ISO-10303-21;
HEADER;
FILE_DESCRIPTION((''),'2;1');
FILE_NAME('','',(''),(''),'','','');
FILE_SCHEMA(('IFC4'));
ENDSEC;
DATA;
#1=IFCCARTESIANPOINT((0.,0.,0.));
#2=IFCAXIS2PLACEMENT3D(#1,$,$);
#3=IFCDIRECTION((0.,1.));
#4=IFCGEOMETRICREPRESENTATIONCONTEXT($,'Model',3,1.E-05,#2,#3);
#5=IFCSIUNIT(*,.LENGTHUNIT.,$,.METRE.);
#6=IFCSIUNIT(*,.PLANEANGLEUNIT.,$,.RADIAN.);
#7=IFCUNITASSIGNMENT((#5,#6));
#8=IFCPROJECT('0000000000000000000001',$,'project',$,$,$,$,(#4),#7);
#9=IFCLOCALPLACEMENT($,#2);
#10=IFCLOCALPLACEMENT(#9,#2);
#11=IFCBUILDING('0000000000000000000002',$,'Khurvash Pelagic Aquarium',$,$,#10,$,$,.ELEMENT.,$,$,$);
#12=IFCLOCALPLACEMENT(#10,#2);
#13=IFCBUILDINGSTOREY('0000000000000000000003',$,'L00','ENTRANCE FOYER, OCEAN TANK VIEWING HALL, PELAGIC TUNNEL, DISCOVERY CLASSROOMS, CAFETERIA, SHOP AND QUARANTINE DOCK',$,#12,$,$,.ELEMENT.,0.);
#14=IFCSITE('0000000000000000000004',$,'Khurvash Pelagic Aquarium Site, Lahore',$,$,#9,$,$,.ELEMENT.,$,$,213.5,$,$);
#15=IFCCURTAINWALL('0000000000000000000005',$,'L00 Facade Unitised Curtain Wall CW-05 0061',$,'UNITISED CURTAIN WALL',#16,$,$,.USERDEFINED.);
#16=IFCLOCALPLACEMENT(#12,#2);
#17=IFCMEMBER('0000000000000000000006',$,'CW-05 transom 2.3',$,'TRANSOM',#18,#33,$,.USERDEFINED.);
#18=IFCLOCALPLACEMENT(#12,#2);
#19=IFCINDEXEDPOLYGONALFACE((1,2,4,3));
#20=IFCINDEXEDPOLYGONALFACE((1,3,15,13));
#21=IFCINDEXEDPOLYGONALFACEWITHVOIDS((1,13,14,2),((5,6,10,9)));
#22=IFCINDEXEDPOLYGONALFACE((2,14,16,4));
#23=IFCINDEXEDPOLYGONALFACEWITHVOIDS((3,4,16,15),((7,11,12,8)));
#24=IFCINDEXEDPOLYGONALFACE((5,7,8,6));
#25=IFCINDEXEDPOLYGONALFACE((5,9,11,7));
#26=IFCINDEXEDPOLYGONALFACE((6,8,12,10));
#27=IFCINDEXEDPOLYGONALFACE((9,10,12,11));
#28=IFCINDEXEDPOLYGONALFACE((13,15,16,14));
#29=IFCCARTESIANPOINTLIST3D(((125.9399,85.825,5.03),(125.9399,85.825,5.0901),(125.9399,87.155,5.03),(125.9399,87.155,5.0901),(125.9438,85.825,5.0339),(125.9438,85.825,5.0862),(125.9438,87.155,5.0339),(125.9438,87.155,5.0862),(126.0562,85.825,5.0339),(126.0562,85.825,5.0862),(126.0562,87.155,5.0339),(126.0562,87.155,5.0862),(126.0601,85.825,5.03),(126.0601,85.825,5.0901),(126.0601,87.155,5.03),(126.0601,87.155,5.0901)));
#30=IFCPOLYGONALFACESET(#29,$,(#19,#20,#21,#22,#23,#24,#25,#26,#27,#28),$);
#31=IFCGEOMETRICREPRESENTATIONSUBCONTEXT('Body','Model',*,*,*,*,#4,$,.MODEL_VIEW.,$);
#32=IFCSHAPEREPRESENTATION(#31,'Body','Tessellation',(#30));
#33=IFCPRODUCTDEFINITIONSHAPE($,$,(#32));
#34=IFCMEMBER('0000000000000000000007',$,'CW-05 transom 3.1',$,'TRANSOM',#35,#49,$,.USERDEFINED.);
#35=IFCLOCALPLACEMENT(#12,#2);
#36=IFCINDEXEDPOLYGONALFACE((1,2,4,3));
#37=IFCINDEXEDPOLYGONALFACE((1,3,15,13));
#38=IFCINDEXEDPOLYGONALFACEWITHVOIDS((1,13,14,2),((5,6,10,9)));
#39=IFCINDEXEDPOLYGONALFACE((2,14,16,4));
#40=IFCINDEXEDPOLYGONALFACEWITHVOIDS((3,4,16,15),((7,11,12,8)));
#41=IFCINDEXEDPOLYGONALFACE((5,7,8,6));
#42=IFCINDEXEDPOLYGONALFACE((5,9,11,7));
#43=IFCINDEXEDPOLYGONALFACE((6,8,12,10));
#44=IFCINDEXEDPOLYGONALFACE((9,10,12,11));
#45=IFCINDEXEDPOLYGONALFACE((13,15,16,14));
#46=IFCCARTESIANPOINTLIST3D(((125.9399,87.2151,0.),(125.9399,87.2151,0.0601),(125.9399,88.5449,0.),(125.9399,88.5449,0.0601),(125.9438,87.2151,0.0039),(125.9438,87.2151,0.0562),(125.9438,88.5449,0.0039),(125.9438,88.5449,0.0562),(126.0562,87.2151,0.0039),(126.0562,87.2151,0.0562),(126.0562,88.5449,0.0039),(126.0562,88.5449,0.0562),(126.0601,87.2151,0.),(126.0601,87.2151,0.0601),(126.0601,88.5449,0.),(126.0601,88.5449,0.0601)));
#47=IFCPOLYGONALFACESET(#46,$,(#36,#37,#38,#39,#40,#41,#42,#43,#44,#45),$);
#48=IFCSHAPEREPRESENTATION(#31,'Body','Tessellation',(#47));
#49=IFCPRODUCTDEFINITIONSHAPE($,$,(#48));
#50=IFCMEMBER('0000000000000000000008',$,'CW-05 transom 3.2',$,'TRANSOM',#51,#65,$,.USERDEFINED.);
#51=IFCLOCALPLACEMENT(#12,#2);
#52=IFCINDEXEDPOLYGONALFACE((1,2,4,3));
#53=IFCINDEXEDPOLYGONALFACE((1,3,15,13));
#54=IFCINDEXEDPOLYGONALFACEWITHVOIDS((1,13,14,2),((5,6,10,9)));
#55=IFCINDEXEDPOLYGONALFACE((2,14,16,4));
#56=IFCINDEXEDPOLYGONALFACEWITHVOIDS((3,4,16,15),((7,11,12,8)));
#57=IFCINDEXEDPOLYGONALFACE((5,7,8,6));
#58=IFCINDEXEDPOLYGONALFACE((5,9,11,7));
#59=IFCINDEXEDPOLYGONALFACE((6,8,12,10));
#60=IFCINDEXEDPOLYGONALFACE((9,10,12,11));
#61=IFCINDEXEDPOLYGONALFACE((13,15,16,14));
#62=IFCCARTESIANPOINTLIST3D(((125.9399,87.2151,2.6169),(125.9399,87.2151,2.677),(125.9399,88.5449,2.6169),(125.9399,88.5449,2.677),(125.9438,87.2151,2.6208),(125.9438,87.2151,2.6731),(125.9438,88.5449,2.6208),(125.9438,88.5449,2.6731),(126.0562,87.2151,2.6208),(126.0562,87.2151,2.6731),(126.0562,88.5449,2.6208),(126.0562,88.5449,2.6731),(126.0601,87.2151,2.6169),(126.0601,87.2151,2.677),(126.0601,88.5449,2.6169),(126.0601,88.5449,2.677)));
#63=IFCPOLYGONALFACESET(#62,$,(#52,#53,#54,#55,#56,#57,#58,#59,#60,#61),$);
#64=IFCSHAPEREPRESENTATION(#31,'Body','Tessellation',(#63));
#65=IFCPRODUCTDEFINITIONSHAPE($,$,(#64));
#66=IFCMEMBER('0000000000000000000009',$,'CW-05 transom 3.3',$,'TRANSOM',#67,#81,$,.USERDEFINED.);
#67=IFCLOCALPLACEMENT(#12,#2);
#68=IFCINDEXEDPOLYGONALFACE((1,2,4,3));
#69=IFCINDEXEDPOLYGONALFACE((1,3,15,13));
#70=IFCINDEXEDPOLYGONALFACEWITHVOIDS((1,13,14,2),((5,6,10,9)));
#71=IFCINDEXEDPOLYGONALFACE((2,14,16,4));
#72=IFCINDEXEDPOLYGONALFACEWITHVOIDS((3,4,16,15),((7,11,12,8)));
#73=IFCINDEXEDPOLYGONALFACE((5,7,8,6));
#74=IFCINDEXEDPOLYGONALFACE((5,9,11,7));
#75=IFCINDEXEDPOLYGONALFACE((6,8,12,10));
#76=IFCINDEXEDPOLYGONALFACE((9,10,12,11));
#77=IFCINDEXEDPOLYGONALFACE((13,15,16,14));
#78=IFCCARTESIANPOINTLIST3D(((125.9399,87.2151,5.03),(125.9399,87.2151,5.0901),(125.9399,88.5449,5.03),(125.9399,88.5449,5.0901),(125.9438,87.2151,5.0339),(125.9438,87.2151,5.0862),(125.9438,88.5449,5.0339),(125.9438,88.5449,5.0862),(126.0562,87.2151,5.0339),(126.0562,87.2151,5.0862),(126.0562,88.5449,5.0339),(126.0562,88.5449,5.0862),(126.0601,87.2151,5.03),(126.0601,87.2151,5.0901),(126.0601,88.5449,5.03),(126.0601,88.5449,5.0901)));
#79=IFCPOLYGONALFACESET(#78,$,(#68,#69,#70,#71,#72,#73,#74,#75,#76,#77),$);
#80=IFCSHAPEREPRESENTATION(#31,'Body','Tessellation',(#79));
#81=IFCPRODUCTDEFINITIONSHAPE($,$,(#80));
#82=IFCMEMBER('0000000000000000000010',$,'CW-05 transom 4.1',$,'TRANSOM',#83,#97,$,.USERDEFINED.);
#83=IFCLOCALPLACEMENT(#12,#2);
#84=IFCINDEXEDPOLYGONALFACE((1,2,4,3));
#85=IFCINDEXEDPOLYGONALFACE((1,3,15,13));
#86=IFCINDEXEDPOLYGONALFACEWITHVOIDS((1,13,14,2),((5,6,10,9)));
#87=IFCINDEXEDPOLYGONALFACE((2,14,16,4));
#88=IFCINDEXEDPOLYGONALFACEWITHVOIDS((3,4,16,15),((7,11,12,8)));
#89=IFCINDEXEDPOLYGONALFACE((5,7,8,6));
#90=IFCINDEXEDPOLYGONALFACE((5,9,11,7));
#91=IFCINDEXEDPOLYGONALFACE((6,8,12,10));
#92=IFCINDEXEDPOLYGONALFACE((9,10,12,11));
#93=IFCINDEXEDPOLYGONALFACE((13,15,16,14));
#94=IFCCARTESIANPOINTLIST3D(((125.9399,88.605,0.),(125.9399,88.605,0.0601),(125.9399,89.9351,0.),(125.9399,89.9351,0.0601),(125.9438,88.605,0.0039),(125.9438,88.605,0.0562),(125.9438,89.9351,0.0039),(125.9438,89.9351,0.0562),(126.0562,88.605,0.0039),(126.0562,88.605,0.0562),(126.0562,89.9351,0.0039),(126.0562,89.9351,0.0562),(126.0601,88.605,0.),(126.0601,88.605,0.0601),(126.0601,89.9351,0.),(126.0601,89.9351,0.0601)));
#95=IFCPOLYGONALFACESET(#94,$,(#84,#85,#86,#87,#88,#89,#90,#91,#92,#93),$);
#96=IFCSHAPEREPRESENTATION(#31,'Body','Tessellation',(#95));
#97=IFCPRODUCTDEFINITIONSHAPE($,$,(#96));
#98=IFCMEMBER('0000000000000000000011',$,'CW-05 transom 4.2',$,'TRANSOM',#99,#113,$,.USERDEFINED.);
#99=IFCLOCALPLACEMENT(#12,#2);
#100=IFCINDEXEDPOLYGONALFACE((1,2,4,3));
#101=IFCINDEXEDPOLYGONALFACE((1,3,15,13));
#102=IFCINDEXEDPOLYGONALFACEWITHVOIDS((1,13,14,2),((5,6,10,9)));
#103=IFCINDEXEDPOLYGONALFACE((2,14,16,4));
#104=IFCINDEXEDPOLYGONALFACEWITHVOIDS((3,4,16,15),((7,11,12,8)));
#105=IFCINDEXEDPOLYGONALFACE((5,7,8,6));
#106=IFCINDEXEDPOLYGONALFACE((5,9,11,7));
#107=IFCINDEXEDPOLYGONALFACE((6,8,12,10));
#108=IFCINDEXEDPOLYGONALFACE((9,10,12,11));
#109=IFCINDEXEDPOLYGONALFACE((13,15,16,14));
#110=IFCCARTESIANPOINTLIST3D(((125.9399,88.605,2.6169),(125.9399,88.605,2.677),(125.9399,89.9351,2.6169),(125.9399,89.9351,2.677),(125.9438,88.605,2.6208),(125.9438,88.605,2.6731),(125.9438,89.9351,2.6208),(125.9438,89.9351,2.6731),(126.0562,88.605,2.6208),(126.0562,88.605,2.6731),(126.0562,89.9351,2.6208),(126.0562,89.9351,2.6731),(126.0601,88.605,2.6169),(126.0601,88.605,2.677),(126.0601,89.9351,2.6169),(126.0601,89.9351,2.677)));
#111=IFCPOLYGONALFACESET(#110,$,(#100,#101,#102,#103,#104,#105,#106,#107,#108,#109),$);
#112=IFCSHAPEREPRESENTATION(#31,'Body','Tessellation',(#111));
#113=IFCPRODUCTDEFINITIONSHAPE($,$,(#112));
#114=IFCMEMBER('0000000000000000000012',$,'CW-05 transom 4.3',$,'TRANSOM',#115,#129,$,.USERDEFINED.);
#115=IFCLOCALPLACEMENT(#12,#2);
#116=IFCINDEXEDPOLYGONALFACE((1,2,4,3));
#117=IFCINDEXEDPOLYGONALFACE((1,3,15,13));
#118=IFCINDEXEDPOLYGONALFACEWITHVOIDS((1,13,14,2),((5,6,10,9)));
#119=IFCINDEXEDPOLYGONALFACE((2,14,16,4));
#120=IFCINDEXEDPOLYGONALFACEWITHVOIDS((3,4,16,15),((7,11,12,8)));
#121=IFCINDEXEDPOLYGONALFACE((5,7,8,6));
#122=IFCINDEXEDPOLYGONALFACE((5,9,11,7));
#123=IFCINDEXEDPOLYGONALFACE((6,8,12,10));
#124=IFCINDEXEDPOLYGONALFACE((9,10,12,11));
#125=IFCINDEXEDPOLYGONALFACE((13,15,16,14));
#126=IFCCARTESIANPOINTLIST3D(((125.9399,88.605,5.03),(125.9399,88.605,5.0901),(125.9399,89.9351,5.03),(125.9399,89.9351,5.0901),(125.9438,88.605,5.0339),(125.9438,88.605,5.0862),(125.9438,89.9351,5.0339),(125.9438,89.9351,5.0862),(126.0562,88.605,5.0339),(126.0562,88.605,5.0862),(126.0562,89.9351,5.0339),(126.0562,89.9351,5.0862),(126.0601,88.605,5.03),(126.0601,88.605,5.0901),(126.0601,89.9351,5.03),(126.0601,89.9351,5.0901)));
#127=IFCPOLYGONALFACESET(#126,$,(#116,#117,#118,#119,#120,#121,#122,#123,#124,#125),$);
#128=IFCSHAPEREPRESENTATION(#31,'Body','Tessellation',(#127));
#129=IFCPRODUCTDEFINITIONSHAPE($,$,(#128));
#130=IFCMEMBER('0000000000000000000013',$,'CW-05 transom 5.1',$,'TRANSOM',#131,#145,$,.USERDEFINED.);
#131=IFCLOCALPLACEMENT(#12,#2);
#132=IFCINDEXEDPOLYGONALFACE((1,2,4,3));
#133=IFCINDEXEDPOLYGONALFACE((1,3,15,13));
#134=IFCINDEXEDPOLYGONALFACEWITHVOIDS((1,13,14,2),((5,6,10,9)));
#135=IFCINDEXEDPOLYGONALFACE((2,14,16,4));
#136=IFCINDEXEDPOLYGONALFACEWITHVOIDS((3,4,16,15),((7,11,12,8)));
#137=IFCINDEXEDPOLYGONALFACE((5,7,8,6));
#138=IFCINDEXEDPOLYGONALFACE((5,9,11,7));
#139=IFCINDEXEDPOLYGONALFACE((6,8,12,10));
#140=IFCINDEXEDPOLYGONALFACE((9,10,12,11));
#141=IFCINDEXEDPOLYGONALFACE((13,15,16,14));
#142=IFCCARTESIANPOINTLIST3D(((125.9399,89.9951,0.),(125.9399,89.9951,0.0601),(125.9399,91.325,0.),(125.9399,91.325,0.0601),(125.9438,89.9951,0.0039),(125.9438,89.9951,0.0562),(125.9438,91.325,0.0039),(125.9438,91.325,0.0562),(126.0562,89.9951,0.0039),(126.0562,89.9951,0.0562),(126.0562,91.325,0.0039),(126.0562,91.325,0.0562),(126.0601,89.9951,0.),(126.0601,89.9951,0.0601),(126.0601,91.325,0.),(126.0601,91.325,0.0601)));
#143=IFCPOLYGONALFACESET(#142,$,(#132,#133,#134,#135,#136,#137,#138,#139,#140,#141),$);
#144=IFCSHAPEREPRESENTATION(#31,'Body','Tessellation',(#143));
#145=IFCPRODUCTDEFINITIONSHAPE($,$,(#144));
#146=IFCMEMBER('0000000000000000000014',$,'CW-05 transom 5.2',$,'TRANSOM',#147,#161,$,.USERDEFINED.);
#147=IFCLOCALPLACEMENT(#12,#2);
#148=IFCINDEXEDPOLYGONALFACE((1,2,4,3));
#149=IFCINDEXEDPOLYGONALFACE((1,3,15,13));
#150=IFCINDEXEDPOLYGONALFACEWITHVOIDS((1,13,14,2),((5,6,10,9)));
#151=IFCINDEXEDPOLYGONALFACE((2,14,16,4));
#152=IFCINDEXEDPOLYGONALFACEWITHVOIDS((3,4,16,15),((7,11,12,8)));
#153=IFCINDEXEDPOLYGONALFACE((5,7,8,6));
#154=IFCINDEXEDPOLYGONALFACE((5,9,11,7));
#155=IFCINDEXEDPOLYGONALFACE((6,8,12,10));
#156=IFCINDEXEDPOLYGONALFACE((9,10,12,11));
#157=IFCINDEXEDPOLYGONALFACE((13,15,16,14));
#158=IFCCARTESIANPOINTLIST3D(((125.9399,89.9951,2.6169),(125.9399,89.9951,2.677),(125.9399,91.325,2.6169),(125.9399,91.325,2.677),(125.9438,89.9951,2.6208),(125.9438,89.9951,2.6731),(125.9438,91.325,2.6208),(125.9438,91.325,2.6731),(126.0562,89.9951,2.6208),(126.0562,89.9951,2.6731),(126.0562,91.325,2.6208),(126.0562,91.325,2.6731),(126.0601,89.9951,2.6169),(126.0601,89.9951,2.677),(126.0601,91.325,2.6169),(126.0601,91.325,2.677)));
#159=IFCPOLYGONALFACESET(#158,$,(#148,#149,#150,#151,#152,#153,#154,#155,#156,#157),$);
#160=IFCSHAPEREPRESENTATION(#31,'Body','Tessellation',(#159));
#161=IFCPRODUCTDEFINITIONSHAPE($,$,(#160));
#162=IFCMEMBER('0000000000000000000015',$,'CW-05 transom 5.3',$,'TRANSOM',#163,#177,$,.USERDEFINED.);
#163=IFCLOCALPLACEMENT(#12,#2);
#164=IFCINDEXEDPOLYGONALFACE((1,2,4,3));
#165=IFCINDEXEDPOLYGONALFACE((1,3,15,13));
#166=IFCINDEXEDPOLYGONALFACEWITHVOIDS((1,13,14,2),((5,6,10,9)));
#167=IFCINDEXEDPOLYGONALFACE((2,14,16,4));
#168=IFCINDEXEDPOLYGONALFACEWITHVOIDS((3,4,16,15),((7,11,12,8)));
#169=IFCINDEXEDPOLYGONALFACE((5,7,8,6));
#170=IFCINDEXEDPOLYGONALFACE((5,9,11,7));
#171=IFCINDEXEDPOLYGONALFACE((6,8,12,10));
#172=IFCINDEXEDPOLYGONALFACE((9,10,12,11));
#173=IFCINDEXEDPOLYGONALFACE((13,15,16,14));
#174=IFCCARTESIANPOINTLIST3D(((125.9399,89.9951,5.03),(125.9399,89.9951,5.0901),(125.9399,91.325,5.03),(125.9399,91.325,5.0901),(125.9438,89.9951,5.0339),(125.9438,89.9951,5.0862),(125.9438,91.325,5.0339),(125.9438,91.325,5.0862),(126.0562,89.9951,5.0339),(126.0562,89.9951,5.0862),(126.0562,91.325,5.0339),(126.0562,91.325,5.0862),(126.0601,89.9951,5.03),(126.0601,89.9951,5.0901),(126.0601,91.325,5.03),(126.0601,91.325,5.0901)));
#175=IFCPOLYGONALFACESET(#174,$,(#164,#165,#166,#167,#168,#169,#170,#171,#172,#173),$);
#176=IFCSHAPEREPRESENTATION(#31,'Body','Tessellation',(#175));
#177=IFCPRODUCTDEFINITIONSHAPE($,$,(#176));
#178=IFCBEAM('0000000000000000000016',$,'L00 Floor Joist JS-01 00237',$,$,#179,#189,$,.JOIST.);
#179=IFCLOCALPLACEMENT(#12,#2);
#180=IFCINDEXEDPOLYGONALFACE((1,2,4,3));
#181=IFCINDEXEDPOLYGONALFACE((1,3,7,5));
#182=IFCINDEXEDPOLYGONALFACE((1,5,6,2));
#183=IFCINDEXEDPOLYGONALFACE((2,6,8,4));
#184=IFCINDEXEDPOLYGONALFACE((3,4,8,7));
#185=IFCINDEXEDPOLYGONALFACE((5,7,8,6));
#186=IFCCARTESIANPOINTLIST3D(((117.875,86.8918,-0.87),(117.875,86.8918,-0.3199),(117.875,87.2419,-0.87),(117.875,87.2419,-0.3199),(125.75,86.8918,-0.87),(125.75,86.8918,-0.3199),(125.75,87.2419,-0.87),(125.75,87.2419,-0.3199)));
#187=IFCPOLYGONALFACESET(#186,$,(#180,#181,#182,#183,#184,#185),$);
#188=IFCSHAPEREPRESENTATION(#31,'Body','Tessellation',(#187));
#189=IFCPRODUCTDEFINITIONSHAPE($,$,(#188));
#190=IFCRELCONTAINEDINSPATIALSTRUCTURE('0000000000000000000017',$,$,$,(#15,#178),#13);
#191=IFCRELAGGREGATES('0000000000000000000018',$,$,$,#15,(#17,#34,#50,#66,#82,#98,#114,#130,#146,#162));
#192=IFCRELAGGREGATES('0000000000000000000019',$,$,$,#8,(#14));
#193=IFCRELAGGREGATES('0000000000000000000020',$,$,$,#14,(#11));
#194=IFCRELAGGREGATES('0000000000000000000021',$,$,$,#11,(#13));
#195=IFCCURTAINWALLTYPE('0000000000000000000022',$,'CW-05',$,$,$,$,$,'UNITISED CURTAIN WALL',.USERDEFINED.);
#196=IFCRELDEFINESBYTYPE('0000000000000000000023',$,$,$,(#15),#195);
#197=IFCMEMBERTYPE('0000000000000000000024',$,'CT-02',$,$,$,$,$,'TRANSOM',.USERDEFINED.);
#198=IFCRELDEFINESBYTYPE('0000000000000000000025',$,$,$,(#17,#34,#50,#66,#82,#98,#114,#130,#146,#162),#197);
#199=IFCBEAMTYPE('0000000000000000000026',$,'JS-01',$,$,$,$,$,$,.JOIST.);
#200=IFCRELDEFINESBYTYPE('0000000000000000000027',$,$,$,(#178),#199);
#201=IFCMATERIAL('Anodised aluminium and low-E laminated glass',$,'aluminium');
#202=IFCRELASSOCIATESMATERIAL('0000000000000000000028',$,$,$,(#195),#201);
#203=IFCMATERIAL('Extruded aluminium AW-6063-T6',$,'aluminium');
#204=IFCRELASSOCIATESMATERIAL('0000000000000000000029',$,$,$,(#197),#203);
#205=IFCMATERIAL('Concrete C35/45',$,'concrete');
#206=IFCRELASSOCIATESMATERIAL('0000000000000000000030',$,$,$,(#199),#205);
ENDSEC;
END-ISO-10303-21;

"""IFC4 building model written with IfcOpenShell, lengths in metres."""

from ifc_helpers import new_model, si_unit, direction, frame, origin, origin_2d, place, context, subcontext, project, spatial, rectangle, hollow_rectangle, extrude, material, material_profile, profile_set, type_object, element, aggregate, save


model = new_model("IFC4")

# Units and contexts
model_context = context("Model", 3, precision=1e-05, world=origin(), true_north=direction((0.0, 1.0)))
body_context = subcontext(model_context, "Body", "Model", "MODEL_VIEW")
ifc_project = project(units=[si_unit("LENGTHUNIT", "METRE"), si_unit("PLANEANGLEUNIT", "RADIAN")], contexts=[model_context])

# Site, building, storey
site_placement = place(None, origin())
site = spatial("IfcSite", under=ifc_project, at=site_placement, Name="Khurvash Pelagic Aquarium Site, Lahore", CompositionType="ELEMENT", RefElevation=213.5)
building_placement = place(site_placement, origin())
building = spatial("IfcBuilding", under=site, at=building_placement, Name="Khurvash Pelagic Aquarium", CompositionType="ELEMENT")
storey_placement = place(building_placement, origin())
storey = spatial("IfcBuildingStorey", under=building, at=storey_placement, Name="L00", Description="ENTRANCE FOYER, OCEAN TANK VIEWING HALL, PELAGIC TUNNEL, DISCOVERY CLASSROOMS, CAFETERIA, SHOP AND QUARANTINE DOCK", CompositionType="ELEMENT", Elevation=0.0)

# Curtain wall, members
ifc_material_1 = material(Name="Anodised aluminium and low-E laminated glass", Category="aluminium")
curtain_wall_type = type_object("IfcCurtainWallType", Name="CW-05", ElementType="UNITISED CURTAIN WALL", PredefinedType="USERDEFINED", material=ifc_material_1)
curtain_wall_placement = place(storey_placement, origin())
curtain_wall = element("IfcCurtainWall", 1, at=curtain_wall_placement, inside=storey, type_object=curtain_wall_type, Name="L00 Facade Unitised Curtain Wall CW-05 0061", ObjectType="UNITISED CURTAIN WALL", PredefinedType="USERDEFINED")
ifc_material_2 = material(Name="Extruded aluminium AW-6063-T6", Category="aluminium")
ifc_material_profile_1 = material_profile(ifc_material_2, hollow_rectangle(XDim=0.1201, YDim=0.0601, WallThickness=0.0039, at=origin_2d()), Name="CWT120X60X4")
ifc_profile_set_1 = profile_set([ifc_material_profile_1], Name="Extruded aluminium AW-6063-T6")
member_type_1 = type_object("IfcMemberType", Name="CT-02", ElementType="TRANSOM", PredefinedType="USERDEFINED", material=ifc_profile_set_1)
member_1_placement = place(storey_placement, frame((126.0, 85.825, 5.0601), z_axis=(0.0, 1.0, 0.0), x_axis=(-1.0, 0.0, 0.0)))
member_1 = element("IfcMember", 2, at=member_1_placement, type_object=member_type_1, Name="CW-05 transom 2.3", ObjectType="TRANSOM", PredefinedType="USERDEFINED", context=body_context, shape_type="SweptSolid", body=[
    extrude(hollow_rectangle(XDim=0.1201, YDim=0.0601, WallThickness=0.0039, at=origin_2d()), origin(), (0.0, 0.0, 1.0), 1.3301),
])
member_2_placement = place(storey_placement, frame((126.0, 87.2151, 0.03), z_axis=(0.0, 1.0, 0.0), x_axis=(-1.0, 0.0, 0.0)))
member_2 = element("IfcMember", 3, at=member_2_placement, type_object=member_type_1, Name="CW-05 transom 3.1", ObjectType="TRANSOM", PredefinedType="USERDEFINED", context=body_context, shape_type="SweptSolid", body=[
    extrude(hollow_rectangle(XDim=0.1201, YDim=0.0601, WallThickness=0.0039, at=origin_2d()), origin(), (0.0, 0.0, 1.0), 1.3298),
])
member_3_placement = place(storey_placement, frame((126.0, 87.2151, 2.647), z_axis=(0.0, 1.0, 0.0), x_axis=(-1.0, 0.0, 0.0)))
member_3 = element("IfcMember", 4, at=member_3_placement, type_object=member_type_1, Name="CW-05 transom 3.2", ObjectType="TRANSOM", PredefinedType="USERDEFINED", context=body_context, shape_type="SweptSolid", body=[
    extrude(hollow_rectangle(XDim=0.1201, YDim=0.0601, WallThickness=0.0039, at=origin_2d()), origin(), (0.0, 0.0, 1.0), 1.3298),
])
member_4_placement = place(storey_placement, frame((126.0, 87.2151, 5.0601), z_axis=(0.0, 1.0, 0.0), x_axis=(-1.0, 0.0, 0.0)))
member_4 = element("IfcMember", 5, at=member_4_placement, type_object=member_type_1, Name="CW-05 transom 3.3", ObjectType="TRANSOM", PredefinedType="USERDEFINED", context=body_context, shape_type="SweptSolid", body=[
    extrude(hollow_rectangle(XDim=0.1201, YDim=0.0601, WallThickness=0.0039, at=origin_2d()), origin(), (0.0, 0.0, 1.0), 1.3298),
])
member_5_placement = place(storey_placement, frame((126.0, 88.605, 0.03), z_axis=(0.0, 1.0, 0.0), x_axis=(-1.0, 0.0, 0.0)))
member_5 = element("IfcMember", 6, at=member_5_placement, type_object=member_type_1, Name="CW-05 transom 4.1", ObjectType="TRANSOM", PredefinedType="USERDEFINED", context=body_context, shape_type="SweptSolid", body=[
    extrude(hollow_rectangle(XDim=0.1201, YDim=0.0601, WallThickness=0.0039, at=origin_2d()), origin(), (0.0, 0.0, 1.0), 1.3301),
])
member_6_placement = place(storey_placement, frame((126.0, 88.605, 2.647), z_axis=(0.0, 1.0, 0.0), x_axis=(-1.0, 0.0, 0.0)))
member_6 = element("IfcMember", 7, at=member_6_placement, type_object=member_type_1, Name="CW-05 transom 4.2", ObjectType="TRANSOM", PredefinedType="USERDEFINED", context=body_context, shape_type="SweptSolid", body=[
    extrude(hollow_rectangle(XDim=0.1201, YDim=0.0601, WallThickness=0.0039, at=origin_2d()), origin(), (0.0, 0.0, 1.0), 1.3301),
])
member_7_placement = place(storey_placement, frame((126.0, 88.605, 5.0601), z_axis=(0.0, 1.0, 0.0), x_axis=(-1.0, 0.0, 0.0)))
member_7 = element("IfcMember", 8, at=member_7_placement, type_object=member_type_1, Name="CW-05 transom 4.3", ObjectType="TRANSOM", PredefinedType="USERDEFINED", context=body_context, shape_type="SweptSolid", body=[
    extrude(hollow_rectangle(XDim=0.1201, YDim=0.0601, WallThickness=0.0039, at=origin_2d()), origin(), (0.0, 0.0, 1.0), 1.3301),
])
member_8_placement = place(storey_placement, frame((126.0, 89.9951, 0.03), z_axis=(0.0, 1.0, 0.0), x_axis=(-1.0, 0.0, 0.0)))
member_8 = element("IfcMember", 9, at=member_8_placement, type_object=member_type_1, Name="CW-05 transom 5.1", ObjectType="TRANSOM", PredefinedType="USERDEFINED", context=body_context, shape_type="SweptSolid", body=[
    extrude(hollow_rectangle(XDim=0.1201, YDim=0.0601, WallThickness=0.0039, at=origin_2d()), origin(), (0.0, 0.0, 1.0), 1.3298),
])
member_9_placement = place(storey_placement, frame((126.0, 89.9951, 2.647), z_axis=(0.0, 1.0, 0.0), x_axis=(-1.0, 0.0, 0.0)))
member_9 = element("IfcMember", 10, at=member_9_placement, type_object=member_type_1, Name="CW-05 transom 5.2", ObjectType="TRANSOM", PredefinedType="USERDEFINED", context=body_context, shape_type="SweptSolid", body=[
    extrude(hollow_rectangle(XDim=0.1201, YDim=0.0601, WallThickness=0.0039, at=origin_2d()), origin(), (0.0, 0.0, 1.0), 1.3298),
])
member_10_placement = place(storey_placement, frame((126.0, 89.9951, 5.0601), z_axis=(0.0, 1.0, 0.0), x_axis=(-1.0, 0.0, 0.0)))
member_10 = element("IfcMember", 11, at=member_10_placement, type_object=member_type_1, Name="CW-05 transom 5.3", ObjectType="TRANSOM", PredefinedType="USERDEFINED", context=body_context, shape_type="SweptSolid", body=[
    extrude(hollow_rectangle(XDim=0.1201, YDim=0.0601, WallThickness=0.0039, at=origin_2d()), origin(), (0.0, 0.0, 1.0), 1.3298),
])

# Beam
ifc_material_3 = material(Name="Concrete C35/45", Category="concrete")
ifc_material_profile_2 = material_profile(ifc_material_3, rectangle(XDim=0.3501, YDim=0.55, at=origin_2d()), Name="RC350X550")
ifc_profile_set_2 = profile_set([ifc_material_profile_2], Name="Concrete C35/45")
beam_type_1 = type_object("IfcBeamType", Name="JS-01", PredefinedType="JOIST", material=ifc_profile_set_2)
for number, where, z_axis, x_axis, name in (
    (12, (117.875, 87.0669, -0.595), (1.0, 0.0, 0.0), (0.0, 1.0, 0.0), "L00 Floor Joist JS-01 00237"),
):
    element("IfcBeam", number, at=place(storey_placement, frame(where, z_axis=z_axis, x_axis=x_axis)), inside=storey, type_object=beam_type_1, Name=name, PredefinedType="JOIST", context=body_context, shape_type="SweptSolid", body=[
        extrude(rectangle(XDim=0.3501, YDim=0.55, at=origin_2d()), origin(), (0.0, 0.0, 1.0), 7.875),
    ])

aggregate(curtain_wall, [member_1, member_2, member_3, member_4, member_5, member_6, member_7, member_8, member_9, member_10])

save(model, "model.ifc")
